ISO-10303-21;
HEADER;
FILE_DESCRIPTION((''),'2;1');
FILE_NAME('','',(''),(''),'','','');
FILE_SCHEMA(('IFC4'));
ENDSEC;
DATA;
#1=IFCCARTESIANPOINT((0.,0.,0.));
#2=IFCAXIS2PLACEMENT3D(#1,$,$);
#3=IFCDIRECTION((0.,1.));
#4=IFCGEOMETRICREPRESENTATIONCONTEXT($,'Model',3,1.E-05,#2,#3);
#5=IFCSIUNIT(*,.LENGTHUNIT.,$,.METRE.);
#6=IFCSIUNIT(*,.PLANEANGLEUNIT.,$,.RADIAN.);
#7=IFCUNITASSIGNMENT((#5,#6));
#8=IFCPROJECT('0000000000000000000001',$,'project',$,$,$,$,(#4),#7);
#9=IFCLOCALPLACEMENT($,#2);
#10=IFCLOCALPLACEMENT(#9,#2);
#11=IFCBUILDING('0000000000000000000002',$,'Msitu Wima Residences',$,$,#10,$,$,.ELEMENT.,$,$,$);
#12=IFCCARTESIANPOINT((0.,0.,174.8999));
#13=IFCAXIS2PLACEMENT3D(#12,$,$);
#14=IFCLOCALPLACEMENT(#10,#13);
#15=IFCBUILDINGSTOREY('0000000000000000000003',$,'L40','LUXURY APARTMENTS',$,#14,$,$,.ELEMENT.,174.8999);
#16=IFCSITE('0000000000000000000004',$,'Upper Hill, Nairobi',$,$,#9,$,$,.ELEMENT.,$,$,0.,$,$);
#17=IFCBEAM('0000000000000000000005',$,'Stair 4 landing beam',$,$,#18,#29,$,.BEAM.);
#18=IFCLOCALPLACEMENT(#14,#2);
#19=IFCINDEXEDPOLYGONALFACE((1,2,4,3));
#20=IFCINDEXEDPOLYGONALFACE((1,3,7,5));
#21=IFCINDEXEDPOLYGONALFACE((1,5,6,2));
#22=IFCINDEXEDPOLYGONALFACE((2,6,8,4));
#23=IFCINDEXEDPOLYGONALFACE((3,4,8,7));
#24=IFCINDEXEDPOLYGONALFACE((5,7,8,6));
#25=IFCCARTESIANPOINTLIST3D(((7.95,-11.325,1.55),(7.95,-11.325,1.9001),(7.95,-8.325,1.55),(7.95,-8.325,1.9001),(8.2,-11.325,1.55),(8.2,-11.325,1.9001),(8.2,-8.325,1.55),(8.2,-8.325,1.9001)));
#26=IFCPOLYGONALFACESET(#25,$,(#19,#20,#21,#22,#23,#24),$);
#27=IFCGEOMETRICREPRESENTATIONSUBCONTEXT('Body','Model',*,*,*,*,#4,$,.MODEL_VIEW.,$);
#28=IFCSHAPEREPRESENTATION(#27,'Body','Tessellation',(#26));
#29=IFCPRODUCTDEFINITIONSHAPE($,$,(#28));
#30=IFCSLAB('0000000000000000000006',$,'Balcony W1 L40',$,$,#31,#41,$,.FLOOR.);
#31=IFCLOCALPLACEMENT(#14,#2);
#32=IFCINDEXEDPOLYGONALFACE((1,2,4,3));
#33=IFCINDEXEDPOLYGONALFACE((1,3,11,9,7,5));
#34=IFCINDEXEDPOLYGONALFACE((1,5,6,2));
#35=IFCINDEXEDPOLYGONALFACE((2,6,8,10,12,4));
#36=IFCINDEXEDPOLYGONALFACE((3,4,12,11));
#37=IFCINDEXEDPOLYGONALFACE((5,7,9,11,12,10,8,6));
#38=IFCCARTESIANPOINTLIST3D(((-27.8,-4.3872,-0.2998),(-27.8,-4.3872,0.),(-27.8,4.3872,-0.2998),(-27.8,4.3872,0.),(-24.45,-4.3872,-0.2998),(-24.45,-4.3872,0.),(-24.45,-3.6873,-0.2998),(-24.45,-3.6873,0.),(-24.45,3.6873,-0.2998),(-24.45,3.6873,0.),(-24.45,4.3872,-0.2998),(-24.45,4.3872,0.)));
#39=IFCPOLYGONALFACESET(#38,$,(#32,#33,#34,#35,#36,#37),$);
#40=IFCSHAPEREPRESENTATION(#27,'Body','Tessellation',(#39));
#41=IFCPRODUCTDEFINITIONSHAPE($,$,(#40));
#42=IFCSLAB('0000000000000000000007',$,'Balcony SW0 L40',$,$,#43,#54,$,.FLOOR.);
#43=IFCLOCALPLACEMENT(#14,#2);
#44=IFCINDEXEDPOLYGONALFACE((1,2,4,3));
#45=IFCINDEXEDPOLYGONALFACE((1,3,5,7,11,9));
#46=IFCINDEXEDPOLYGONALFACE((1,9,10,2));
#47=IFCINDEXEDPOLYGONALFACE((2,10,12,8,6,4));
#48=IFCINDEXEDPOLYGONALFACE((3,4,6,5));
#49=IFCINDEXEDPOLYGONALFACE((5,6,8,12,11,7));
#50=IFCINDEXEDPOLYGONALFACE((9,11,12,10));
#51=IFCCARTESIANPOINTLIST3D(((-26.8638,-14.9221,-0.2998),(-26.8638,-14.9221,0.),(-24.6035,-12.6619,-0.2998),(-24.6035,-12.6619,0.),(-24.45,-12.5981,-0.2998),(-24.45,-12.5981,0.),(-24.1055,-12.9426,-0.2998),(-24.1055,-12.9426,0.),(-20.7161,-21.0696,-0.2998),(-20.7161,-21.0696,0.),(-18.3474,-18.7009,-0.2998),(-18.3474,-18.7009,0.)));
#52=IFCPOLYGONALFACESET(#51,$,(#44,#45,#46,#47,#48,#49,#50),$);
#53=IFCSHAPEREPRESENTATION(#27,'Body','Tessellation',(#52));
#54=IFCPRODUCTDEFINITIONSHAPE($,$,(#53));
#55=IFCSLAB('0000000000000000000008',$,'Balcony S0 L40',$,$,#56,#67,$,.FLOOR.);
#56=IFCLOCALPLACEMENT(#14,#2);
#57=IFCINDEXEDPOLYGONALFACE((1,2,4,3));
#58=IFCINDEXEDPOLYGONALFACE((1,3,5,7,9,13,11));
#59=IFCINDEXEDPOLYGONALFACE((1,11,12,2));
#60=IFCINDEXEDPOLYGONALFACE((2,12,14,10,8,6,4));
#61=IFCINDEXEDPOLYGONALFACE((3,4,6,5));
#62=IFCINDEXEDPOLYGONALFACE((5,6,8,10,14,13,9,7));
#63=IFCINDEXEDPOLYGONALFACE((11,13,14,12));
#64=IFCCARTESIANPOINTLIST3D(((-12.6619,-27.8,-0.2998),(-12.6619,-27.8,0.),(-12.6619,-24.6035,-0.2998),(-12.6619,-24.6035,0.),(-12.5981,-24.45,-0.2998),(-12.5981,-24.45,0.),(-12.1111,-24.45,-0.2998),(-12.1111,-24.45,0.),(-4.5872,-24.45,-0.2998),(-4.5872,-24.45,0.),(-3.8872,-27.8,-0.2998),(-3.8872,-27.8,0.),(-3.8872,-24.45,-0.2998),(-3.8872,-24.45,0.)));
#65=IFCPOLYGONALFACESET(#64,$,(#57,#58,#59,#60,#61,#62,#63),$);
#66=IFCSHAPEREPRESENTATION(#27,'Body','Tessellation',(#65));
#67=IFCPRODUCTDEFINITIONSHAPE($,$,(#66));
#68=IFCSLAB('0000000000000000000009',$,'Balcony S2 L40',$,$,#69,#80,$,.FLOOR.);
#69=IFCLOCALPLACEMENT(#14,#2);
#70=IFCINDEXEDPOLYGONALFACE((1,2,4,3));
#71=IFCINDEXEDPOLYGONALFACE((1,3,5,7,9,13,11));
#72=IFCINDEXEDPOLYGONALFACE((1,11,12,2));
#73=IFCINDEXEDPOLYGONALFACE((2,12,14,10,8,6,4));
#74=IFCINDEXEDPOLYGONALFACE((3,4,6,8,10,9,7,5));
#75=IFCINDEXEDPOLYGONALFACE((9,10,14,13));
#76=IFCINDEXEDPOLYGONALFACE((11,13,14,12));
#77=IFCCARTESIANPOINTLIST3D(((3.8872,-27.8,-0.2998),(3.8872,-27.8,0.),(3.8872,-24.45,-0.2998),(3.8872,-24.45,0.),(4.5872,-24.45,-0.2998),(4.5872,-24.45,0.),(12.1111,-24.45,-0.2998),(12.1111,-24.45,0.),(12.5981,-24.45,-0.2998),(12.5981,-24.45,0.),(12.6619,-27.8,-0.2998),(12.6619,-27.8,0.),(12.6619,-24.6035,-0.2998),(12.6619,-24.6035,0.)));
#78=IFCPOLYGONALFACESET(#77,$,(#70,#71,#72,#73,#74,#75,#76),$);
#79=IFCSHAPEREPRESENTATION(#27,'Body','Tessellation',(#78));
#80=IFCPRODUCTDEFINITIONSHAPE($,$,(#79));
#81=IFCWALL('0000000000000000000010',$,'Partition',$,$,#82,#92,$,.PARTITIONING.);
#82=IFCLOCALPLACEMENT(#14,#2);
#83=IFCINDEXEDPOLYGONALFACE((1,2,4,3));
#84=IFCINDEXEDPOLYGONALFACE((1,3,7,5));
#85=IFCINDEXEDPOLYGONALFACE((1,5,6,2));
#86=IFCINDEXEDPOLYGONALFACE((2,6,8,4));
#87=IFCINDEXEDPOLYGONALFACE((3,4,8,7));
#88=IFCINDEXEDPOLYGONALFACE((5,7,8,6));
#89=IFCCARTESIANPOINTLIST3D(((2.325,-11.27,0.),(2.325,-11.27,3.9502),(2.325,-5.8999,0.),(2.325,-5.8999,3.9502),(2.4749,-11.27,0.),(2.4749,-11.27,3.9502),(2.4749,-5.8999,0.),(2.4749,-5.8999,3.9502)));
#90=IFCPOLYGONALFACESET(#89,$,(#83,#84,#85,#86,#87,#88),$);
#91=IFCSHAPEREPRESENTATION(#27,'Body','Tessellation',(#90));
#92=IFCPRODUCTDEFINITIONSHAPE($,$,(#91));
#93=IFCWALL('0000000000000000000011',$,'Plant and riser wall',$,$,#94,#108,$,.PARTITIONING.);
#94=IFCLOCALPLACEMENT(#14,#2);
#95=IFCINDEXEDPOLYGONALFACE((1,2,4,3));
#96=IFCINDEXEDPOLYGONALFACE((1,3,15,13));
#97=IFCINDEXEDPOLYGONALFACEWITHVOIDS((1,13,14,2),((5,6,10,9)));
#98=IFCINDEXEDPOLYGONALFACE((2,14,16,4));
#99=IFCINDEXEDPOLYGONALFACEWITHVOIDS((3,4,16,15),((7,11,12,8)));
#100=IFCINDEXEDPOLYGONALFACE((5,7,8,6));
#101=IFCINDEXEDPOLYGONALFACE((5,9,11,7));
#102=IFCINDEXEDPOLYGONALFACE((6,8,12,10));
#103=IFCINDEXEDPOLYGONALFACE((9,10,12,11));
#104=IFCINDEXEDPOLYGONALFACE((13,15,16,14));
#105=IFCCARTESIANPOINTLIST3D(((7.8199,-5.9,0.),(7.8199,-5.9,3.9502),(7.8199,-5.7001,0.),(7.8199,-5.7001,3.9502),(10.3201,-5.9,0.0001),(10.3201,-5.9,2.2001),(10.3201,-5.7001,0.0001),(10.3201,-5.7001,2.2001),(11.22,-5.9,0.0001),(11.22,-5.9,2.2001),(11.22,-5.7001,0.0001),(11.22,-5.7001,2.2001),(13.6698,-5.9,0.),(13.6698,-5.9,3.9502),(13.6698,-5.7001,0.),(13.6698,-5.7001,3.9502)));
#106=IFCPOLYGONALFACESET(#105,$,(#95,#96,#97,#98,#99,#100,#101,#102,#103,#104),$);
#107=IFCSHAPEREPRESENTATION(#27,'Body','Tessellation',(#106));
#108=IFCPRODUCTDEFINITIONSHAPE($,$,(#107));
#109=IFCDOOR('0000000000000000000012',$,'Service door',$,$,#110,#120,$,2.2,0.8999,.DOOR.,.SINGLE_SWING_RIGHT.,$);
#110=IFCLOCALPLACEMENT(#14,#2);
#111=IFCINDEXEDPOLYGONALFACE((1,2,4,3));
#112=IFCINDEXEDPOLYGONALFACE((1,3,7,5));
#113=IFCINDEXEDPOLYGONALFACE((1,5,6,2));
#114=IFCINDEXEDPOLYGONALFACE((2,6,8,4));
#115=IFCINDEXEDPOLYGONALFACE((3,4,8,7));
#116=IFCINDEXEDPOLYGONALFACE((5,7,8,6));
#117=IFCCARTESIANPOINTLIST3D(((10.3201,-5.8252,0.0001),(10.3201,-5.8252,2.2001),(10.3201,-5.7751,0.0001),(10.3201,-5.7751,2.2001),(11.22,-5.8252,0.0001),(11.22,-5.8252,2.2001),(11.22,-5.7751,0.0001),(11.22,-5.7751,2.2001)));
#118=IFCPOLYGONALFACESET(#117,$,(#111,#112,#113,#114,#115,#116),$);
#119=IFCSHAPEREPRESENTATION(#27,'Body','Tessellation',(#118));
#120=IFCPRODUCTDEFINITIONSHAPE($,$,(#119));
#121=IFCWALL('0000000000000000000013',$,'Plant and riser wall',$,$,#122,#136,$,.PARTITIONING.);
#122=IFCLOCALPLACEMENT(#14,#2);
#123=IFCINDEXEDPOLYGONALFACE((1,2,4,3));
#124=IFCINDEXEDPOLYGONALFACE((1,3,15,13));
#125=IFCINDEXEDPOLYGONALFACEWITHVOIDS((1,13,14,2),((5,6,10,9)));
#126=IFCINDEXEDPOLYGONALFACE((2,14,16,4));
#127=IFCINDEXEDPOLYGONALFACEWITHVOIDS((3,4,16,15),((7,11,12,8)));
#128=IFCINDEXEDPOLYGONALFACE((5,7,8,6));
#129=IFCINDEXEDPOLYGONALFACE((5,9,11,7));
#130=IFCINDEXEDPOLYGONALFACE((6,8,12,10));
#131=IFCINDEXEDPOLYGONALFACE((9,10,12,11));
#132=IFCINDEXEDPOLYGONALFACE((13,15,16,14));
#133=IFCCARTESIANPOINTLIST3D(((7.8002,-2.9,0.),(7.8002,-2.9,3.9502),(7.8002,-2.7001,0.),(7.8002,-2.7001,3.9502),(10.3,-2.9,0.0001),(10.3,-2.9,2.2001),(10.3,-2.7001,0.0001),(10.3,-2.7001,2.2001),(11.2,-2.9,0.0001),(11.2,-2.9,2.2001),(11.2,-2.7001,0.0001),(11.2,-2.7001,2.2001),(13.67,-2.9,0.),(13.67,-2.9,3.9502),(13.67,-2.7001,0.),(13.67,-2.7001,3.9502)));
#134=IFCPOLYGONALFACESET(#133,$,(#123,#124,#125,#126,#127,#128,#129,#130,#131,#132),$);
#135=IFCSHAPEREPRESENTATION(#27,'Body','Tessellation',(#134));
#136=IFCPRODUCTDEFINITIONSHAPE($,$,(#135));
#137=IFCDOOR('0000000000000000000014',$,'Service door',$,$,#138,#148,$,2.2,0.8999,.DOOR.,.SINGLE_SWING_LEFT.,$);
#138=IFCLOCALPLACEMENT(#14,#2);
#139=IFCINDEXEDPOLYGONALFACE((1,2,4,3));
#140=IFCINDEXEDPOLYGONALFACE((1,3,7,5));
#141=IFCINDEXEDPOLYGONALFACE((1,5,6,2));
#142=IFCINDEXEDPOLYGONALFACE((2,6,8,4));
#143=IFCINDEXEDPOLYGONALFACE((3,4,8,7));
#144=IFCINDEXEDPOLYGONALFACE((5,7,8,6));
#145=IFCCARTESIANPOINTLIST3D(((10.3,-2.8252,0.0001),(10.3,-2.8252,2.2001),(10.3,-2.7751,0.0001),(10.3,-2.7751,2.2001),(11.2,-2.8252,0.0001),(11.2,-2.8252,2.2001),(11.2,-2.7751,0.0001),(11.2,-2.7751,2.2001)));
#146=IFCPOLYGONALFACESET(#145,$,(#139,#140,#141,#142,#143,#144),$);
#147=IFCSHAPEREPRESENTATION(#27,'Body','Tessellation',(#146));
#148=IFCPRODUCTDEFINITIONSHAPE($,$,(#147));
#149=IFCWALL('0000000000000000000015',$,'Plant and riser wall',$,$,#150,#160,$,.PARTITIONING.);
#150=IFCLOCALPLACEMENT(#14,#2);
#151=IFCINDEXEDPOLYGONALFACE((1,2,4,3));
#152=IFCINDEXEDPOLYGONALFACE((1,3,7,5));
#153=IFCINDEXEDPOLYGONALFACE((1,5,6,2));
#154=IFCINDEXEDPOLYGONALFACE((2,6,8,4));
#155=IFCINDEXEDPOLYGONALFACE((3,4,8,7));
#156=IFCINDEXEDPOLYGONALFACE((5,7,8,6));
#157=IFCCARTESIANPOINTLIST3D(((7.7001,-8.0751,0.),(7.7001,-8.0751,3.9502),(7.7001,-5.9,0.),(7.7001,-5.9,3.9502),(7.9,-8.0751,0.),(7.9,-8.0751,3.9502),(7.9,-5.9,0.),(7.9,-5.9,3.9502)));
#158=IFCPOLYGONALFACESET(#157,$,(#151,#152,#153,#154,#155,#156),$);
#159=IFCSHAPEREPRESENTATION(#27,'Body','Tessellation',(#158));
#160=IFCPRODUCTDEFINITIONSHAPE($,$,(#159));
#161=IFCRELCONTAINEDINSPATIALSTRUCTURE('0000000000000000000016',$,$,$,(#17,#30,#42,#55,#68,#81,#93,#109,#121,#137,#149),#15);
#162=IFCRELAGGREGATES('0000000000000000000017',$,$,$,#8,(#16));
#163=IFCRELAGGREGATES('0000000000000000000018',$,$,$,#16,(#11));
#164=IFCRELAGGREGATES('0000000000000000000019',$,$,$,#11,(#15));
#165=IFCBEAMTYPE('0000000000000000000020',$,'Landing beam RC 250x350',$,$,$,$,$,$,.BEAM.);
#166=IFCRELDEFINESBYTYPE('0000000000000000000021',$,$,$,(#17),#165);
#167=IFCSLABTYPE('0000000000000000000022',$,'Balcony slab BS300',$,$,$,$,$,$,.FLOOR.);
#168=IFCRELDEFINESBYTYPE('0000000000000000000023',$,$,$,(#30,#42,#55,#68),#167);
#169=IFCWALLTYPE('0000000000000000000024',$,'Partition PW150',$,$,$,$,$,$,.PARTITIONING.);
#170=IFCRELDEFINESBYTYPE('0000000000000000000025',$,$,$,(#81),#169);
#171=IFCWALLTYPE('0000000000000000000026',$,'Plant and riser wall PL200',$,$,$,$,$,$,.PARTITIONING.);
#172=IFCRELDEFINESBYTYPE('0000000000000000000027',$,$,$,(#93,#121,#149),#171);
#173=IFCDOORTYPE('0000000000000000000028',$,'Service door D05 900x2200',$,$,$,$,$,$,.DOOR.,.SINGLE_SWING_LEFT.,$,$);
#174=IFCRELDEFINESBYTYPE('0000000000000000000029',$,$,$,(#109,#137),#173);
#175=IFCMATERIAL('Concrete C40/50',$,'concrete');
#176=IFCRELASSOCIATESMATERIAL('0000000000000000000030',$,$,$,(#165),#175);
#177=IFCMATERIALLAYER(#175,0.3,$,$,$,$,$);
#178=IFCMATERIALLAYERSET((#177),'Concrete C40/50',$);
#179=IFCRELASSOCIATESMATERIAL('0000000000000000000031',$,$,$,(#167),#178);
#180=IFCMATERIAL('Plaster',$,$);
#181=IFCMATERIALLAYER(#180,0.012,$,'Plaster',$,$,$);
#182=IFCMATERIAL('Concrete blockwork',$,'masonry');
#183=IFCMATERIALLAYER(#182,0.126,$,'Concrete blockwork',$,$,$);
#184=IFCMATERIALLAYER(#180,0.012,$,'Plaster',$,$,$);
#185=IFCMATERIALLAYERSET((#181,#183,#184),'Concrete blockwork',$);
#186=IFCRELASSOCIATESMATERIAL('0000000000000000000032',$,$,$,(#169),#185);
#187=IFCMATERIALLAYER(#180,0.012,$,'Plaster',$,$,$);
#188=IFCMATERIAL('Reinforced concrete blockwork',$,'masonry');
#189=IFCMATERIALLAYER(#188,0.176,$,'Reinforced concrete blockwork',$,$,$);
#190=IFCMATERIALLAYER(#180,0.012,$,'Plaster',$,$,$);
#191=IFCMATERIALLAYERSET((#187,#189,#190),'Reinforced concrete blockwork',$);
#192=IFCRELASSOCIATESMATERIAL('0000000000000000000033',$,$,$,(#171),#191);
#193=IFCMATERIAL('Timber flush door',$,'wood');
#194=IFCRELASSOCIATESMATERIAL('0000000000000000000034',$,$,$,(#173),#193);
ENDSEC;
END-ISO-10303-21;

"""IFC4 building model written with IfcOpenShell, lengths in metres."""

from ifc_helpers import new_model, si_unit, direction, frame, frame_2d, origin, origin_2d, place, context, subcontext, project, spatial, polyline, rectangle, outline, extrude, material, layer, layer_set, material_profile, profile_set, type_object, element, fill, save


model = new_model("IFC4")

# Units and contexts
model_context = context("Model", 3, precision=1e-05, world=origin(), true_north=direction((0.0, 1.0)))
body_context = subcontext(model_context, "Body", "Model", "MODEL_VIEW")
ifc_project = project(units=[si_unit("LENGTHUNIT", "METRE"), si_unit("PLANEANGLEUNIT", "RADIAN")], contexts=[model_context])

# Site, building, storey
site_placement = place(None, origin())
site = spatial("IfcSite", under=ifc_project, at=site_placement, Name="Upper Hill, Nairobi", CompositionType="ELEMENT", RefElevation=0.0)
building_placement = place(site_placement, origin())
building = spatial("IfcBuilding", under=site, at=building_placement, Name="Msitu Wima Residences", CompositionType="ELEMENT")
storey_placement = place(building_placement, frame((0.0, 0.0, 174.8999)))
storey = spatial("IfcBuildingStorey", under=building, at=storey_placement, Name="L40", Description="LUXURY APARTMENTS", CompositionType="ELEMENT", Elevation=174.8999)

# Beam
ifc_material_1 = material(Name="Concrete C40/50", Category="concrete")
ifc_material_profile = material_profile(ifc_material_1, rectangle(XDim=0.25, YDim=0.3501, at=origin_2d()), Name="RC 250x350")
ifc_profile_set = profile_set([ifc_material_profile], Name="Concrete C40/50")
beam_type = type_object("IfcBeamType", Name="Landing beam RC 250x350", PredefinedType="BEAM", material=ifc_profile_set)
beam_placement = place(storey_placement, frame((8.075, -11.325, 1.7251), z_axis=(0.0, 1.0, 0.0), x_axis=(-1.0, 0.0, 0.0)))
element("IfcBeam", 1, at=beam_placement, inside=storey, type_object=beam_type, Name="Stair 4 landing beam", PredefinedType="BEAM", context=body_context, shape_type="SweptSolid", body=[
    extrude(rectangle(XDim=0.25, YDim=0.3501, at=origin_2d()), origin(), (0.0, 0.0, 1.0), 3.0),
])

# Slabs
ifc_layer_1 = layer(ifc_material_1, 0.3)
ifc_layer_set_1 = layer_set([ifc_layer_1], Name="Concrete C40/50")
slab_type = type_object("IfcSlabType", Name="Balcony slab BS300", PredefinedType="FLOOR", material=ifc_layer_set_1)
slab_1_placement = place(storey_placement, frame((0.0, 0.0, -0.2998)))
element("IfcSlab", 2, at=slab_1_placement, inside=storey, type_object=slab_type, Name="Balcony W1 L40", PredefinedType="FLOOR", context=body_context, shape_type="SweptSolid", body=[
    extrude(outline(polyline([(-24.45, 3.6873), (-24.45, -3.6873), (-24.45, -3.6873), (-24.45, -4.3872), (-27.8, -4.3872), (-27.8, 4.3872), (-24.45, 4.3872), (-24.45, 3.6873)])), origin(), (0.0, 0.0, 1.0), 0.2998),
])
slab_2_placement = place(storey_placement, frame((0.0, 0.0, -0.2998)))
element("IfcSlab", 3, at=slab_2_placement, inside=storey, type_object=slab_type, Name="Balcony SW0 L40", PredefinedType="FLOOR", context=body_context, shape_type="SweptSolid", body=[
    extrude(outline(polyline([(-24.1055, -12.9426), (-24.1055, -12.9426), (-18.3474, -18.7009), (-20.7161, -21.0696), (-26.8638, -14.9221), (-24.6035, -12.6619), (-24.45, -12.5981), (-24.1055, -12.9426), (-24.1055, -12.9426)])), origin(), (0.0, 0.0, 1.0), 0.2998),
])
slab_3_placement = place(storey_placement, frame((0.0, 0.0, -0.2998)))
element("IfcSlab", 4, at=slab_3_placement, inside=storey, type_object=slab_type, Name="Balcony S0 L40", PredefinedType="FLOOR", context=body_context, shape_type="SweptSolid", body=[
    extrude(outline(polyline([(-12.1111, -24.45), (-12.1111, -24.45), (-4.5872, -24.45), (-3.8872, -24.45), (-3.8872, -27.8), (-12.6619, -27.8), (-12.6619, -24.6035), (-12.5981, -24.45), (-12.1111, -24.45), (-12.1111, -24.45)])), origin(), (0.0, 0.0, 1.0), 0.2998),
])
slab_4_placement = place(storey_placement, frame((0.0, 0.0, -0.2998)))
element("IfcSlab", 5, at=slab_4_placement, inside=storey, type_object=slab_type, Name="Balcony S2 L40", PredefinedType="FLOOR", context=body_context, shape_type="SweptSolid", body=[
    extrude(outline(polyline([(12.1111, -24.45), (12.1111, -24.45), (12.1111, -24.45), (12.5981, -24.45), (12.6619, -24.6035), (12.6619, -27.8), (3.8872, -27.8), (3.8872, -24.45), (4.5872, -24.45), (12.1111, -24.45)])), origin(), (0.0, 0.0, 1.0), 0.2998),
])

# Wall
ifc_material_2 = material(Name="Plaster")
ifc_layer_2 = layer(ifc_material_2, 0.012, Name="Plaster")
ifc_material_3 = material(Name="Concrete blockwork", Category="masonry")
ifc_layer_3 = layer(ifc_material_3, 0.126, Name="Concrete blockwork")
ifc_layer_4 = layer(ifc_material_2, 0.012, Name="Plaster")
ifc_layer_set_2 = layer_set([ifc_layer_2, ifc_layer_3, ifc_layer_4], Name="Concrete blockwork")
wall_type_1 = type_object("IfcWallType", Name="Partition PW150", PredefinedType="PARTITIONING", material=ifc_layer_set_2)
wall_1_placement = place(storey_placement, frame((2.3999, -11.27, 0.0), z_axis=(0.0, 0.0, 1.0), x_axis=(0.0, 1.0, 0.0)))
element("IfcWall", 6, at=wall_1_placement, inside=storey, type_object=wall_type_1, Name="Partition", PredefinedType="PARTITIONING", context=body_context, shape_type="SweptSolid", body=[
    extrude(rectangle(XDim=5.3701, YDim=0.1499, at=frame_2d((2.6851, 0.0))), origin(), (0.0, 0.0, 1.0), 3.9502),
])

# Walls, openings, doors
ifc_layer_5 = layer(ifc_material_2, 0.012, Name="Plaster")
ifc_material_4 = material(Name="Reinforced concrete blockwork", Category="masonry")
ifc_layer_6 = layer(ifc_material_4, 0.176, Name="Reinforced concrete blockwork")
ifc_layer_7 = layer(ifc_material_2, 0.012, Name="Plaster")
ifc_layer_set_3 = layer_set([ifc_layer_5, ifc_layer_6, ifc_layer_7], Name="Reinforced concrete blockwork")
wall_type_2 = type_object("IfcWallType", Name="Plant and riser wall PL200", PredefinedType="PARTITIONING", material=ifc_layer_set_3)
wall_2_placement = place(storey_placement, frame((7.8201, -5.8, 0.0), z_axis=(0.0, 0.0, 1.0), x_axis=(1.0, 0.0, 0.0)))
wall_2 = element("IfcWall", 7, at=wall_2_placement, inside=storey, type_object=wall_type_2, Name="Plant and riser wall", PredefinedType="PARTITIONING", context=body_context, shape_type="SweptSolid", body=[
    extrude(rectangle(XDim=5.8499, YDim=0.2, at=frame_2d((2.9248, 0.0))), origin(), (0.0, 0.0, 1.0), 3.9502),
])
opening_1_placement = place(wall_2_placement, frame((2.5, 0.0, 0.0)))
opening_1 = element("IfcOpeningElement", 8, at=opening_1_placement, cuts=wall_2, PredefinedType="OPENING", context=body_context, shape_type="SweptSolid", body=[
    extrude(rectangle(XDim=0.8999, YDim=2.2, at=frame_2d((0.45, 1.1001))), frame((0.0, 0.1099, 0.0), z_axis=(0.0, -1.0, 0.0), x_axis=(1.0, 0.0, 0.0)), (0.0, 0.0, 1.0), 0.22),
])
ifc_material_5 = material(Name="Timber flush door", Category="wood")
door_type = type_object("IfcDoorType", Name="Service door D05 900x2200", OperationType="SINGLE_SWING_LEFT", PredefinedType="DOOR", material=ifc_material_5)
door_1_placement = place(opening_1_placement, origin())
door_1 = element("IfcDoor", 9, at=door_1_placement, inside=storey, type_object=door_type, Name="Service door", OperationType="SINGLE_SWING_RIGHT", OverallHeight=2.2, OverallWidth=0.8999, PredefinedType="DOOR", context=body_context, shape_type="SweptSolid", body=[
    extrude(rectangle(XDim=0.8999, YDim=2.2, at=frame_2d((0.45, 1.1001))), frame((0.0, 0.0249, 0.0), z_axis=(0.0, -1.0, 0.0), x_axis=(1.0, 0.0, 0.0)), (0.0, 0.0, 1.0), 0.05),
])
fill(opening_1, door_1)
wall_3_placement = place(storey_placement, frame((7.8, -2.8, 0.0), z_axis=(0.0, 0.0, 1.0), x_axis=(1.0, 0.0, 0.0)))
wall_3 = element("IfcWall", 10, at=wall_3_placement, inside=storey, type_object=wall_type_2, Name="Plant and riser wall", PredefinedType="PARTITIONING", context=body_context, shape_type="SweptSolid", body=[
    extrude(rectangle(XDim=5.8699, YDim=0.2, at=frame_2d((2.9351, 0.0))), origin(), (0.0, 0.0, 1.0), 3.9502),
])
opening_2_placement = place(wall_3_placement, frame((2.5, 0.0, 0.0)))
opening_2 = element("IfcOpeningElement", 11, at=opening_2_placement, cuts=wall_3, PredefinedType="OPENING", context=body_context, shape_type="SweptSolid", body=[
    extrude(rectangle(XDim=0.8999, YDim=2.2, at=frame_2d((0.45, 1.1001))), frame((0.0, 0.1099, 0.0), z_axis=(0.0, -1.0, 0.0), x_axis=(1.0, 0.0, 0.0)), (0.0, 0.0, 1.0), 0.22),
])
door_2_placement = place(opening_2_placement, origin())
door_2 = element("IfcDoor", 12, at=door_2_placement, inside=storey, type_object=door_type, Name="Service door", OperationType="SINGLE_SWING_LEFT", OverallHeight=2.2, OverallWidth=0.8999, PredefinedType="DOOR", context=body_context, shape_type="SweptSolid", body=[
    extrude(rectangle(XDim=0.8999, YDim=2.2, at=frame_2d((0.45, 1.1001))), frame((0.0, 0.0249, 0.0), z_axis=(0.0, -1.0, 0.0), x_axis=(1.0, 0.0, 0.0)), (0.0, 0.0, 1.0), 0.05),
])
fill(opening_2, door_2)

# Wall
wall_4_placement = place(storey_placement, frame((7.8, -8.075, 0.0), z_axis=(0.0, 0.0, 1.0), x_axis=(0.0, 1.0, 0.0)))
element("IfcWall", 13, at=wall_4_placement, inside=storey, type_object=wall_type_2, Name="Plant and riser wall", PredefinedType="PARTITIONING", context=body_context, shape_type="SweptSolid", body=[
    extrude(rectangle(XDim=2.175, YDim=0.2, at=frame_2d((1.0874, 0.0))), origin(), (0.0, 0.0, 1.0), 3.9502),
])

save(model, "model.ifc")
